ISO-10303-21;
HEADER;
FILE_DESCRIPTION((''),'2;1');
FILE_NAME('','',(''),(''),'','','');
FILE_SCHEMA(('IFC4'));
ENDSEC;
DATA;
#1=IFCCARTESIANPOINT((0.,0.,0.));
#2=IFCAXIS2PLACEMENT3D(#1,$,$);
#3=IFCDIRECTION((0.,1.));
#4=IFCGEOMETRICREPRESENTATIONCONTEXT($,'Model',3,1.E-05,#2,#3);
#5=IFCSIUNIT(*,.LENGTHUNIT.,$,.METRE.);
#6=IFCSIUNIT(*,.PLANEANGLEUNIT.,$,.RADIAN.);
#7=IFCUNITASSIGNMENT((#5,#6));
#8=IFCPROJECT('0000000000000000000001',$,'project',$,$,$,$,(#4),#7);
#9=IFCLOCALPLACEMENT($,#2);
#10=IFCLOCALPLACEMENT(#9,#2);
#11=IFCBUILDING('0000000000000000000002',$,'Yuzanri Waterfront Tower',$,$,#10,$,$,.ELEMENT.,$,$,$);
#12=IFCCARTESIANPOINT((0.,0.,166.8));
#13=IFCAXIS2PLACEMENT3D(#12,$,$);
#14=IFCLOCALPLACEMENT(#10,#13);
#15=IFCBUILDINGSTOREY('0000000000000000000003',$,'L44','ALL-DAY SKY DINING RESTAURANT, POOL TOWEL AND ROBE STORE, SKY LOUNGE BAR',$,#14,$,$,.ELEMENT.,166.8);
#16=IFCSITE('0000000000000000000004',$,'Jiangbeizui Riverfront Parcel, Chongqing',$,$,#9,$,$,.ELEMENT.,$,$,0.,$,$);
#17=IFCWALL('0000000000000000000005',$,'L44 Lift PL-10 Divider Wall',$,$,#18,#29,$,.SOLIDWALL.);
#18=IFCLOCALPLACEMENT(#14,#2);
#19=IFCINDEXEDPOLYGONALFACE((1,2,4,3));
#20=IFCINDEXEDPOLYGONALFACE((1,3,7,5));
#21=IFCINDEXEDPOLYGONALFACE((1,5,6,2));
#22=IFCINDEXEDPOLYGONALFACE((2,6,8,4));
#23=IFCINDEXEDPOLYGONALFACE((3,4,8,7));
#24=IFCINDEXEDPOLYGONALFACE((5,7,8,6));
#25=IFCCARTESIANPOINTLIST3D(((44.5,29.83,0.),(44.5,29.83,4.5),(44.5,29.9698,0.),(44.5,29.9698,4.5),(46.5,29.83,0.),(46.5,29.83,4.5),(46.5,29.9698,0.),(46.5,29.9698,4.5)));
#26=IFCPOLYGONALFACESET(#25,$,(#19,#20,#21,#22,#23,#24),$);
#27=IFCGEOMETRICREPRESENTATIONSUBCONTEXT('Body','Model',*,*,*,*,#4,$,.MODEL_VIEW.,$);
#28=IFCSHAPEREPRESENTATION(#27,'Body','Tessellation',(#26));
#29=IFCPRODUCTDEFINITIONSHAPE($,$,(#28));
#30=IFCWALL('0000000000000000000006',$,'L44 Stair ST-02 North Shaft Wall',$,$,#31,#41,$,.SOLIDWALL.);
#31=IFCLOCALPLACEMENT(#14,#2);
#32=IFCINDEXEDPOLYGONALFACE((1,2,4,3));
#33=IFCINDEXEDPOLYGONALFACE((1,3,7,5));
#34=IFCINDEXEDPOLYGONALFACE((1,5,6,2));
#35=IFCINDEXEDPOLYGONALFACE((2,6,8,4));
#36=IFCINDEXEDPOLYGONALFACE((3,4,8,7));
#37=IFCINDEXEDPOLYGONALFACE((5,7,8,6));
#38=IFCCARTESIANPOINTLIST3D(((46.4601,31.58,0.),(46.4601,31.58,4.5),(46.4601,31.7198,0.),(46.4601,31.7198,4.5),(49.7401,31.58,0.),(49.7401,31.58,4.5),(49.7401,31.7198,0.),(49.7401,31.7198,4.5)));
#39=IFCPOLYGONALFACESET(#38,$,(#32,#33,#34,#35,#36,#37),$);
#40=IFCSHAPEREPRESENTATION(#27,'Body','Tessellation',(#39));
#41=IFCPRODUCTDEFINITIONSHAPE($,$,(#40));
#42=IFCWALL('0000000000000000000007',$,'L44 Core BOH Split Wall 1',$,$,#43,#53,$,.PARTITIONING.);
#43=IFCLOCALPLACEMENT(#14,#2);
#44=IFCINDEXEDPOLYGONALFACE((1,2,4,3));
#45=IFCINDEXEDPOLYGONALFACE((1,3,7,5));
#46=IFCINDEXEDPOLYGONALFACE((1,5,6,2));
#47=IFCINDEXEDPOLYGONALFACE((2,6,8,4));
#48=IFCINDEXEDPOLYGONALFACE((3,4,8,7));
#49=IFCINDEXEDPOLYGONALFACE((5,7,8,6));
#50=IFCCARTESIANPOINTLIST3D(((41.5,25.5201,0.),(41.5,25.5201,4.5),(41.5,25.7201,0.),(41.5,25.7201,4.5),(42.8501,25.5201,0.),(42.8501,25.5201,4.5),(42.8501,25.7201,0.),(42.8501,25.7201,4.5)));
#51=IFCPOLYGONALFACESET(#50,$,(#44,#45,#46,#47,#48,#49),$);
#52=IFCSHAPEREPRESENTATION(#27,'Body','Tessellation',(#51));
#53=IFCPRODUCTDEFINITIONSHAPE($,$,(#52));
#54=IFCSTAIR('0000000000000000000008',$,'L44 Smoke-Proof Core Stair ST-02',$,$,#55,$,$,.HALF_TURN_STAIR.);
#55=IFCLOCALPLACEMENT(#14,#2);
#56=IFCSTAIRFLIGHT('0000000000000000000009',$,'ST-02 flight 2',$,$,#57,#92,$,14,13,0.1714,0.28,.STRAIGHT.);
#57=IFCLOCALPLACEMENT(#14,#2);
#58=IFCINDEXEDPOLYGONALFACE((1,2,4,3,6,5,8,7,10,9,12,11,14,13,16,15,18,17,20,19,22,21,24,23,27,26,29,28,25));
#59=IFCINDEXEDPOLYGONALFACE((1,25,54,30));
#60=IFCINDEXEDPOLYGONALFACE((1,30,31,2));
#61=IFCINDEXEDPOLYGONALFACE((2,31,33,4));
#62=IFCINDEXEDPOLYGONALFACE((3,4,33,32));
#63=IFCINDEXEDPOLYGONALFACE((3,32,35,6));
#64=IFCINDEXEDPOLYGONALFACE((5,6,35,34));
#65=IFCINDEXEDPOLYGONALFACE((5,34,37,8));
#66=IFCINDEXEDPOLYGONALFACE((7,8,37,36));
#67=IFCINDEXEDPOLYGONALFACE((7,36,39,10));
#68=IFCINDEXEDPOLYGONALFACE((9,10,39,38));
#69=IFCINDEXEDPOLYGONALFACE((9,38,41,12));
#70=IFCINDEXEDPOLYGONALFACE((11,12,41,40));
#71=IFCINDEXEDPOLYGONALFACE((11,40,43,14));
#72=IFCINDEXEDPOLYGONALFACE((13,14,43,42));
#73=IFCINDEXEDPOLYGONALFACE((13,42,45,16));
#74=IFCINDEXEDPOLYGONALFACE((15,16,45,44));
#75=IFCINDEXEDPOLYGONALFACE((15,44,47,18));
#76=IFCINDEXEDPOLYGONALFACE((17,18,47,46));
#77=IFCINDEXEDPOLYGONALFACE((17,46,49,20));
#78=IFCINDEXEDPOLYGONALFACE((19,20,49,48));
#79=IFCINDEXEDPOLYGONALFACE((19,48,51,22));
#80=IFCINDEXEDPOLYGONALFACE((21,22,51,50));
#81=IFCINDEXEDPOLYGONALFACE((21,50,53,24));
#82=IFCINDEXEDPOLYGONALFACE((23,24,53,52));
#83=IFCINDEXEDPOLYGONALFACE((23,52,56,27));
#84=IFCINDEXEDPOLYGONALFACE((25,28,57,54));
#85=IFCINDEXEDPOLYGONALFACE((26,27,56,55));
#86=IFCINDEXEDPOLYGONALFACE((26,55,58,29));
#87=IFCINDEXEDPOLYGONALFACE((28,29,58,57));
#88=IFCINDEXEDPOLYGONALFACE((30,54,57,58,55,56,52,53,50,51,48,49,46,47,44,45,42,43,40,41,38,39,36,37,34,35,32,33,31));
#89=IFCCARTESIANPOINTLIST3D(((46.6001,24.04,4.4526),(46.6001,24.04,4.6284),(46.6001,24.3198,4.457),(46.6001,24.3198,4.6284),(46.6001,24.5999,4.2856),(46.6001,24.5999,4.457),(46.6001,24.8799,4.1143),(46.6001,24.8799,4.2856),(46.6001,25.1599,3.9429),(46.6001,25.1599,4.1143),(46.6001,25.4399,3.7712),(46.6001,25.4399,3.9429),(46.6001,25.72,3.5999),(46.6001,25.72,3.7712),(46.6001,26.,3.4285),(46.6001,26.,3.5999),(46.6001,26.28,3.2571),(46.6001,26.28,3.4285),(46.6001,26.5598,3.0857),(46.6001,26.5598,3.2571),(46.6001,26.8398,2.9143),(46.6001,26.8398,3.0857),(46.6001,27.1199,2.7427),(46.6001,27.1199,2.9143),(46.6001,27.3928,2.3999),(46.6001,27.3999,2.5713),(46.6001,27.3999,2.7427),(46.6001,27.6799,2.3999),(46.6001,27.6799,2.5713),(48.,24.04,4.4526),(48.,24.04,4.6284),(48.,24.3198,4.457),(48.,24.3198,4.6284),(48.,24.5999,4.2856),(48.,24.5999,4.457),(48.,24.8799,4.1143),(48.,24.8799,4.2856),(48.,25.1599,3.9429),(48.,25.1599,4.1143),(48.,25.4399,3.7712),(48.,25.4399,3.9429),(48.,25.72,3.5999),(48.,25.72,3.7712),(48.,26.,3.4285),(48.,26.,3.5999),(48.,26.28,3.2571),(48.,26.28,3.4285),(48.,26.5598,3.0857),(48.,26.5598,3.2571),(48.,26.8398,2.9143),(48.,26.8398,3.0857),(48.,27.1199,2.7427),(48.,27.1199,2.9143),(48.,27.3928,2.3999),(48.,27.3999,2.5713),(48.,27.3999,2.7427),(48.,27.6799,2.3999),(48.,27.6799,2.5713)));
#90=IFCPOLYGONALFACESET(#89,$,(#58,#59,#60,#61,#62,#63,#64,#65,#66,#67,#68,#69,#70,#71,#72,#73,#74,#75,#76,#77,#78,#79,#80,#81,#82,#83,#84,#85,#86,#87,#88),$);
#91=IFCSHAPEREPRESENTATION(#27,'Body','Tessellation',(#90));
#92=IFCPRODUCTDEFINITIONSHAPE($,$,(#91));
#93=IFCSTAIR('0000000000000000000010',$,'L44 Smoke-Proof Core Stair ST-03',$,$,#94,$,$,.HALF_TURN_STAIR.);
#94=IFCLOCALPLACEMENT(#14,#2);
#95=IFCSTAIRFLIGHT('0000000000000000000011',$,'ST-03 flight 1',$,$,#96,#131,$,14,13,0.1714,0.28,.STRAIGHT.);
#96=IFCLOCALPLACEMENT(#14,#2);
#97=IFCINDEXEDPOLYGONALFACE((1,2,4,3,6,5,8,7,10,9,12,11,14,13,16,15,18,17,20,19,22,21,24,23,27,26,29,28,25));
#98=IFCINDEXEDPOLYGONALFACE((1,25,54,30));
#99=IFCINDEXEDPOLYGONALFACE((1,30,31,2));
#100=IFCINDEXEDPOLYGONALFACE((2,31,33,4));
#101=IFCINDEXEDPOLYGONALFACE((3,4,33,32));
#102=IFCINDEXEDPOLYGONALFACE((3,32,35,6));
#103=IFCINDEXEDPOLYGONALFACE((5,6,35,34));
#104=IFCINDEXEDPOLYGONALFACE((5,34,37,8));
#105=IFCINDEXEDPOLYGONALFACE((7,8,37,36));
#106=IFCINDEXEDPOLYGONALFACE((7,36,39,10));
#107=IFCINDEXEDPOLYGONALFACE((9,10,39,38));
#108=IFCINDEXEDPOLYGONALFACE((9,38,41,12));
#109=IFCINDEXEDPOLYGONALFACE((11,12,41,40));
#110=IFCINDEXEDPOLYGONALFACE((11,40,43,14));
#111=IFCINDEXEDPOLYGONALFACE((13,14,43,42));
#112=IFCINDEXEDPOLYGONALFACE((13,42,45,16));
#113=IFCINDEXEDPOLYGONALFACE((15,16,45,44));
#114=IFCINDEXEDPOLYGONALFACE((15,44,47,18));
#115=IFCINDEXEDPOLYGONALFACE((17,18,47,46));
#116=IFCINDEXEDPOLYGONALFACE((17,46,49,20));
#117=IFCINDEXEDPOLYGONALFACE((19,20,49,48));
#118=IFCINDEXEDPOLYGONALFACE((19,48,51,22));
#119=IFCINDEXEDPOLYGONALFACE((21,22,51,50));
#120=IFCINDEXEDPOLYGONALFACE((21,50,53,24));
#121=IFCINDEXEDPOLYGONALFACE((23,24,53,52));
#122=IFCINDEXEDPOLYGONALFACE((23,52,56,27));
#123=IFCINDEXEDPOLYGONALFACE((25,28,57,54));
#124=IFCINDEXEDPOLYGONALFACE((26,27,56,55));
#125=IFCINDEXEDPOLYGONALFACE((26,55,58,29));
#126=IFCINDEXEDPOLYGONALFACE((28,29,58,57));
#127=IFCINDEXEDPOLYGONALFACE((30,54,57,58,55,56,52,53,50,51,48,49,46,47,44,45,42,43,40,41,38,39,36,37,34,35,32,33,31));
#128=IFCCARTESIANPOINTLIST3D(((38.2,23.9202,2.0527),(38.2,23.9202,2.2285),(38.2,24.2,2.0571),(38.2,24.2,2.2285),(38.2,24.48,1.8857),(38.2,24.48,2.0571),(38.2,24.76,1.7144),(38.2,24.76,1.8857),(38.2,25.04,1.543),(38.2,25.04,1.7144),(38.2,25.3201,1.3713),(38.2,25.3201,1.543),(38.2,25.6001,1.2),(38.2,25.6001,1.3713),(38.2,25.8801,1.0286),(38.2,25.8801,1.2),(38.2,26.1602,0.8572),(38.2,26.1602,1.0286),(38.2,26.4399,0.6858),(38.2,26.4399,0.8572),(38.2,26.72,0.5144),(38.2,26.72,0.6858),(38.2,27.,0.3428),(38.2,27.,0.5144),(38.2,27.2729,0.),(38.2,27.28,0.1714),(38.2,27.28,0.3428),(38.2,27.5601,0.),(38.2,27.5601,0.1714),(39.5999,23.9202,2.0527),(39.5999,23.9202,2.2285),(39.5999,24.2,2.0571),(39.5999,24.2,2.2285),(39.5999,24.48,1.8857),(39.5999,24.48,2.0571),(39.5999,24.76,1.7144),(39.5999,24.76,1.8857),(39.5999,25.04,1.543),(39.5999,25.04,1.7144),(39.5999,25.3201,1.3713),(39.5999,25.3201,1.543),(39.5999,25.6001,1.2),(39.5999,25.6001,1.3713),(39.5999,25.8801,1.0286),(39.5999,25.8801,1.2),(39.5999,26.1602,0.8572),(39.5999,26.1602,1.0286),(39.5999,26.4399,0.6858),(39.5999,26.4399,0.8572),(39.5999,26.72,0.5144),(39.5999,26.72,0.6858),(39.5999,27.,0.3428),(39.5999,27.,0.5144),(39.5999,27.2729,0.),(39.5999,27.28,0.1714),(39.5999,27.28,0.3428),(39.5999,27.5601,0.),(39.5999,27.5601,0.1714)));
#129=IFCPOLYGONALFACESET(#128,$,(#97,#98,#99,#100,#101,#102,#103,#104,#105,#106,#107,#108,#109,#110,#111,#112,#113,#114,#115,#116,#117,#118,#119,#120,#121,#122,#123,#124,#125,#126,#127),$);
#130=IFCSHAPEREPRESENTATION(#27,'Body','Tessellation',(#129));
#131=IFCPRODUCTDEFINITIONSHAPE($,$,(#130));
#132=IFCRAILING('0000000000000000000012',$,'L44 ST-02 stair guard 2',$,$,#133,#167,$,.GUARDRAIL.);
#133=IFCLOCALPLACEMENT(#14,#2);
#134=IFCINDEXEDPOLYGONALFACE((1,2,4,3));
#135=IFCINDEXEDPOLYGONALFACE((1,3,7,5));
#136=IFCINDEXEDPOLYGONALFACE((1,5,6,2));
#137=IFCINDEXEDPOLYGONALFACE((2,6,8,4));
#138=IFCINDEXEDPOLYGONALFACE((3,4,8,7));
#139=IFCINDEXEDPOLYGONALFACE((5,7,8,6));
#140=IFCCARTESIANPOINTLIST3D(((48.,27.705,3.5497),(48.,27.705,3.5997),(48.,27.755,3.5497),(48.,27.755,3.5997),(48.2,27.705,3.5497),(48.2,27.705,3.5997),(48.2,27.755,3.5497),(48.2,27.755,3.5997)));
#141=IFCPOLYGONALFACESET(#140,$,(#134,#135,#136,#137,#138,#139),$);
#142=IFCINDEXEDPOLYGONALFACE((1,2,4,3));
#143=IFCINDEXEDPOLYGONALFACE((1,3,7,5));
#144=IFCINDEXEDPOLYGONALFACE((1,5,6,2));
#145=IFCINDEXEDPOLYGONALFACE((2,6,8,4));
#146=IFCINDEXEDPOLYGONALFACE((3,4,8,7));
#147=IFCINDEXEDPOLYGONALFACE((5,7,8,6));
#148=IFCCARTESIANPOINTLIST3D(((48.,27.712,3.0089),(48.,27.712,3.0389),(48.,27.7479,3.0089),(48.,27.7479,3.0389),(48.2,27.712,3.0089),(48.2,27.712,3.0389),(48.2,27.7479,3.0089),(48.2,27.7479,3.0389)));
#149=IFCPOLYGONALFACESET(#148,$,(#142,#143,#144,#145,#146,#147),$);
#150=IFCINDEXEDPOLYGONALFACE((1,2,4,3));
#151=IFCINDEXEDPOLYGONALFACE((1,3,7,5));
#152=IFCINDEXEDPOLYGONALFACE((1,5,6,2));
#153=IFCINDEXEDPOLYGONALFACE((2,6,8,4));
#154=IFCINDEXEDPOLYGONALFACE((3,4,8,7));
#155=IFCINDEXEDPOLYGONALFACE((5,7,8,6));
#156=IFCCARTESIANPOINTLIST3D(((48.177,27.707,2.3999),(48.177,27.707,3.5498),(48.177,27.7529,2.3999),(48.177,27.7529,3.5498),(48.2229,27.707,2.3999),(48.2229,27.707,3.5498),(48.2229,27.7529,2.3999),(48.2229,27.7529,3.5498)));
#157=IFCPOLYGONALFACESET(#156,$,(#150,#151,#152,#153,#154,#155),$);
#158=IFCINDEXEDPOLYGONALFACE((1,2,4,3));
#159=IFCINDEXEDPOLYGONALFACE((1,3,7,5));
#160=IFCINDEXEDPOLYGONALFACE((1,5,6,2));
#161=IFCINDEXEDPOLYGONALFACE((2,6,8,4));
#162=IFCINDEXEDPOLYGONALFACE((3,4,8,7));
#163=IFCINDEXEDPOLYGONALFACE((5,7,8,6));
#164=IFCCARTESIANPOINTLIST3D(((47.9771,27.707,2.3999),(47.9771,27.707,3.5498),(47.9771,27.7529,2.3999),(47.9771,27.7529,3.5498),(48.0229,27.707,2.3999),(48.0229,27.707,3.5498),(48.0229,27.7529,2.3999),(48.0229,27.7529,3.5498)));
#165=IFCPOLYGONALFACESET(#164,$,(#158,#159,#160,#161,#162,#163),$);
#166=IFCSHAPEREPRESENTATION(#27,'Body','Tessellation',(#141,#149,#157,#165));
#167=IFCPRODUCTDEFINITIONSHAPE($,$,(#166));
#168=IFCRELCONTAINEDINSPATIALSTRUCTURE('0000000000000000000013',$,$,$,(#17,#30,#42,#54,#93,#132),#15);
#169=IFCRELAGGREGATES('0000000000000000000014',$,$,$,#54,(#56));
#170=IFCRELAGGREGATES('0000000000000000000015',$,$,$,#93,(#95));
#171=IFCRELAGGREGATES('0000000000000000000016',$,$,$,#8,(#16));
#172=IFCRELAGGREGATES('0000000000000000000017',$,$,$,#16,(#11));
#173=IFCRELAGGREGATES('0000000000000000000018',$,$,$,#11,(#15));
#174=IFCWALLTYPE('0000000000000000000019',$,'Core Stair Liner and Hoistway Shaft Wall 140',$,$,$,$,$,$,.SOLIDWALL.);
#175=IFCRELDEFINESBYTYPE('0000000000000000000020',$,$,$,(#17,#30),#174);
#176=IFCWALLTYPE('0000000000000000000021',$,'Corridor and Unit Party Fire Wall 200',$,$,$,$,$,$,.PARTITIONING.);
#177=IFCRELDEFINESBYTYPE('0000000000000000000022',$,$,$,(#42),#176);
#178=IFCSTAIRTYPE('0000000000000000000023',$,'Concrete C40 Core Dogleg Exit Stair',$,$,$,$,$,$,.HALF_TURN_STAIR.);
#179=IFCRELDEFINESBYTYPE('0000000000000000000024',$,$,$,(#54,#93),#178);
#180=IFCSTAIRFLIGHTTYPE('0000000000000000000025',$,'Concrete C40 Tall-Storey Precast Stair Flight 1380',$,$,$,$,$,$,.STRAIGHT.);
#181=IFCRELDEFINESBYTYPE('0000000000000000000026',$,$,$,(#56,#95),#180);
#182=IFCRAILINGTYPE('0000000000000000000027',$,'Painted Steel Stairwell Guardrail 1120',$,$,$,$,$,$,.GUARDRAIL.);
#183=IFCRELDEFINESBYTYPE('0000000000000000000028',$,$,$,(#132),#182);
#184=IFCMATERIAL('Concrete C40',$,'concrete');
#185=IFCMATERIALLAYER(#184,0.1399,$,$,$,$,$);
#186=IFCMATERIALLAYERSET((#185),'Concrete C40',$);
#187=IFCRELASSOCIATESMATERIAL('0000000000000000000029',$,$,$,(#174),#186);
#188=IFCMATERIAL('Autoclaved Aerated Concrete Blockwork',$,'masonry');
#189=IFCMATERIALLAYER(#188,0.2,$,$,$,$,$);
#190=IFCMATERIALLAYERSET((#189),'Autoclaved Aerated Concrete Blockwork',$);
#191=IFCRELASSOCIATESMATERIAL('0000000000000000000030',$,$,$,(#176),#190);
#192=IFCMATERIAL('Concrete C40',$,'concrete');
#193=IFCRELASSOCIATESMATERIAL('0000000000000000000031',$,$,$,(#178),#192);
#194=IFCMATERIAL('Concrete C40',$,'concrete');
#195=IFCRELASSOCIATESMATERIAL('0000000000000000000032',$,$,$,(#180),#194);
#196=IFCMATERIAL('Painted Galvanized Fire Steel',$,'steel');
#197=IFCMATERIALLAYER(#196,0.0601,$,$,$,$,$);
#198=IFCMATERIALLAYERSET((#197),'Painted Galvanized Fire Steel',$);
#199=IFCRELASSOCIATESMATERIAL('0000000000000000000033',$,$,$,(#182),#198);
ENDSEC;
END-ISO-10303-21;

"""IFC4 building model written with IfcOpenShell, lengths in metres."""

from ifc_helpers import new_model, si_unit, direction, frame, frame_2d, origin, origin_2d, place, context, subcontext, project, spatial, polyline, rectangle, outline, extrude, source, transform, mapped, material, layer, layer_set, type_object, element, aggregate, save


model = new_model("IFC4")

# Units and contexts
model_context = context("Model", 3, precision=1e-05, world=origin(), true_north=direction((0.0, 1.0)))
body_context = subcontext(model_context, "Body", "Model", "MODEL_VIEW")
ifc_project = project(units=[si_unit("LENGTHUNIT", "METRE"), si_unit("PLANEANGLEUNIT", "RADIAN")], contexts=[model_context])

# Site, building, storey
site_placement = place(None, origin())
site = spatial("IfcSite", under=ifc_project, at=site_placement, Name="Jiangbeizui Riverfront Parcel, Chongqing", CompositionType="ELEMENT", RefElevation=0.0)
building_placement = place(site_placement, origin())
building = spatial("IfcBuilding", under=site, at=building_placement, Name="Yuzanri Waterfront Tower", CompositionType="ELEMENT")
storey_placement = place(building_placement, frame((0.0, 0.0, 166.8)))
storey = spatial("IfcBuildingStorey", under=building, at=storey_placement, Name="L44", Description="ALL-DAY SKY DINING RESTAURANT, POOL TOWEL AND ROBE STORE, SKY LOUNGE BAR", CompositionType="ELEMENT", Elevation=166.8)

# Shared definitions
ifc_material_1 = material(Name="Concrete C40", Category="concrete")
ifc_layer_1 = layer(ifc_material_1, 0.1399)
ifc_layer_set_1 = layer_set([ifc_layer_1], Name="Concrete C40")
wall_type_1 = type_object("IfcWallType", Name="Core Stair Liner and Hoistway Shaft Wall 140", PredefinedType="SOLIDWALL", material=ifc_layer_set_1)
ifc_material_2 = material(Name="Autoclaved Aerated Concrete Blockwork", Category="masonry")
ifc_layer_2 = layer(ifc_material_2, 0.2)
ifc_layer_set_2 = layer_set([ifc_layer_2], Name="Autoclaved Aerated Concrete Blockwork")
wall_type_2 = type_object("IfcWallType", Name="Corridor and Unit Party Fire Wall 200", PredefinedType="PARTITIONING", material=ifc_layer_set_2)

# Walls
shared_shape_1 = source(origin(), body_context, "Body", "SweptSolid", [
    extrude(rectangle(XDim=2.0, YDim=0.1399, at=frame_2d((1.0, 0.0))), origin(), (0.0, 0.0, 1.0), 4.5),
])
for number, where, z_axis, x_axis, name in (
    (1, (44.5, 29.8999, 0.0), (0.0, 0.0, 1.0), (1.0, 0.0, 0.0), "L44 Lift PL-10 Divider Wall"),
):
    element("IfcWall", number, at=place(storey_placement, frame(where, z_axis=z_axis, x_axis=x_axis)), inside=storey, type_object=wall_type_1, Name=name, PredefinedType="SOLIDWALL", context=body_context, shape_type="MappedRepresentation", body=[
        mapped(shared_shape_1, transform((0.0, 0.0, 0.0), scale=1.0)),
    ])
shared_shape_2 = source(origin(), body_context, "Body", "SweptSolid", [
    extrude(rectangle(XDim=3.28, YDim=0.1399, at=frame_2d((1.6401, 0.0))), origin(), (0.0, 0.0, 1.0), 4.5),
])
wall_1_placement = place(storey_placement, frame((46.46, 31.6499, 0.0), z_axis=(0.0, 0.0, 1.0), x_axis=(1.0, 0.0, 0.0)))
element("IfcWall", 2, at=wall_1_placement, inside=storey, type_object=wall_type_1, Name="L44 Stair ST-02 North Shaft Wall", PredefinedType="SOLIDWALL", context=body_context, shape_type="MappedRepresentation", body=[
    mapped(shared_shape_2, transform((0.0, 0.0, 0.0), scale=1.0)),
])
shared_shape_3 = source(origin(), body_context, "Body", "SweptSolid", [
    extrude(rectangle(XDim=1.3501, YDim=0.2, at=frame_2d((0.675, 0.0))), origin(), (0.0, 0.0, 1.0), 4.5),
])
wall_2_placement = place(storey_placement, frame((41.5, 25.6201, 0.0), z_axis=(0.0, 0.0, 1.0), x_axis=(1.0, 0.0, 0.0)))
element("IfcWall", 3, at=wall_2_placement, inside=storey, type_object=wall_type_2, Name="L44 Core BOH Split Wall 1", PredefinedType="PARTITIONING", context=body_context, shape_type="MappedRepresentation", body=[
    mapped(shared_shape_3, transform((0.0, 0.0, 0.0), scale=1.0)),
])

# Stairs, stair flights
ifc_material_3 = material(Name="Concrete C40", Category="concrete")
stair_type = type_object("IfcStairType", Name="Concrete C40 Core Dogleg Exit Stair", PredefinedType="HALF_TURN_STAIR", material=ifc_material_3)
stair_1_placement = place(storey_placement, origin())
stair_1 = element("IfcStair", 4, at=stair_1_placement, inside=storey, type_object=stair_type, Name="L44 Smoke-Proof Core Stair ST-02", PredefinedType="HALF_TURN_STAIR")
ifc_material_4 = material(Name="Concrete C40", Category="concrete")
stair_flight_type = type_object("IfcStairFlightType", Name="Concrete C40 Tall-Storey Precast Stair Flight 1380", PredefinedType="STRAIGHT", material=ifc_material_4)
shared_shape_4 = source(origin(), body_context, "Body", "SweptSolid", [
    extrude(outline(polyline([(0.0, 0.0), (0.0, 0.1714), (0.28, 0.1714), (0.28, 0.3428), (0.5601, 0.3428), (0.5601, 0.5144), (0.8401, 0.5144), (0.8401, 0.6858), (1.1201, 0.6858), (1.1201, 0.8572), (1.3999, 0.8572), (1.3999, 1.0286), (1.6799, 1.0286), (1.6799, 1.2), (1.96, 1.2), (1.96, 1.3713), (2.24, 1.3713), (2.24, 1.543), (2.52, 1.543), (2.52, 1.7144), (2.8, 1.7144), (2.8, 1.8857), (3.0801, 1.8857), (3.0801, 2.0571), (3.3601, 2.0571), (3.3601, 2.2285), (3.6399, 2.2285), (3.6399, 2.3999), (3.6399, 2.0527), (0.2871, 0.0), (0.0, 0.0)])), frame((0.0, 0.7, 0.0), z_axis=(0.0, -1.0, 0.0), x_axis=(1.0, 0.0, 0.0)), (0.0, 0.0, 1.0), 1.3999),
])
stair_flight_1_placement = place(storey_placement, frame((47.3, 27.6799, 2.3999), z_axis=(0.0, 0.0, 1.0), x_axis=(0.0, -1.0, 0.0)))
stair_flight_1 = element("IfcStairFlight", 5, at=stair_flight_1_placement, type_object=stair_flight_type, Name="ST-02 flight 2", NumberOfRisers=14, NumberOfTreads=13, PredefinedType="STRAIGHT", RiserHeight=0.1714, TreadLength=0.28, context=body_context, shape_type="MappedRepresentation", body=[
    mapped(shared_shape_4, transform((0.0, 0.0, 0.0), scale=1.0)),
])
aggregate(stair_1, [stair_flight_1])
stair_2_placement = place(storey_placement, origin())
stair_2 = element("IfcStair", 6, at=stair_2_placement, inside=storey, type_object=stair_type, Name="L44 Smoke-Proof Core Stair ST-03", PredefinedType="HALF_TURN_STAIR")
stair_flight_2_placement = place(storey_placement, frame((38.8999, 27.5601, 0.0), z_axis=(0.0, 0.0, 1.0), x_axis=(0.0, -1.0, 0.0)))
stair_flight_2 = element("IfcStairFlight", 7, at=stair_flight_2_placement, type_object=stair_flight_type, Name="ST-03 flight 1", NumberOfRisers=14, NumberOfTreads=13, PredefinedType="STRAIGHT", RiserHeight=0.1714, TreadLength=0.28, context=body_context, shape_type="MappedRepresentation", body=[
    mapped(shared_shape_4, transform((0.0, 0.0, 0.0), scale=1.0)),
])
aggregate(stair_2, [stair_flight_2])

# Railing
ifc_material_5 = material(Name="Painted Galvanized Fire Steel", Category="steel")
ifc_layer_3 = layer(ifc_material_5, 0.0601)
ifc_layer_set_3 = layer_set([ifc_layer_3], Name="Painted Galvanized Fire Steel")
railing_type_1 = type_object("IfcRailingType", Name="Painted Steel Stairwell Guardrail 1120", PredefinedType="GUARDRAIL", material=ifc_layer_set_3)
shared_shape_5 = source(origin(), body_context, "Body", "SweptSolid", [
    extrude(rectangle(XDim=0.05, YDim=0.05, at=origin_2d()), frame((0.0, 0.0, 1.1748), z_axis=(-1.0, 0.0, 0.0), x_axis=(0.0, -1.0, 0.0)), (0.0, 0.0, 1.0), 0.2),
    extrude(rectangle(XDim=0.0359, YDim=0.03, at=origin_2d()), frame((0.0, 0.0, 0.624), z_axis=(-1.0, 0.0, 0.0), x_axis=(0.0, -1.0, 0.0)), (0.0, 0.0, 1.0), 0.2),
    extrude(rectangle(XDim=0.0459, YDim=0.0459, at=origin_2d()), origin(), (0.0, 0.0, 1.0), 1.1499),
    extrude(rectangle(XDim=0.0459, YDim=0.0459, at=origin_2d()), frame((-0.2, 0.0, 0.0)), (0.0, 0.0, 1.0), 1.1499),
])
railing_1_placement = place(storey_placement, frame((48.2, 27.73, 2.3999)))
element("IfcRailing", 8, at=railing_1_placement, inside=storey, type_object=railing_type_1, Name="L44 ST-02 stair guard 2", PredefinedType="GUARDRAIL", context=body_context, shape_type="MappedRepresentation", body=[
    mapped(shared_shape_5, transform((0.0, 0.0, 0.0), scale=1.0)),
])

save(model, "model.ifc")
